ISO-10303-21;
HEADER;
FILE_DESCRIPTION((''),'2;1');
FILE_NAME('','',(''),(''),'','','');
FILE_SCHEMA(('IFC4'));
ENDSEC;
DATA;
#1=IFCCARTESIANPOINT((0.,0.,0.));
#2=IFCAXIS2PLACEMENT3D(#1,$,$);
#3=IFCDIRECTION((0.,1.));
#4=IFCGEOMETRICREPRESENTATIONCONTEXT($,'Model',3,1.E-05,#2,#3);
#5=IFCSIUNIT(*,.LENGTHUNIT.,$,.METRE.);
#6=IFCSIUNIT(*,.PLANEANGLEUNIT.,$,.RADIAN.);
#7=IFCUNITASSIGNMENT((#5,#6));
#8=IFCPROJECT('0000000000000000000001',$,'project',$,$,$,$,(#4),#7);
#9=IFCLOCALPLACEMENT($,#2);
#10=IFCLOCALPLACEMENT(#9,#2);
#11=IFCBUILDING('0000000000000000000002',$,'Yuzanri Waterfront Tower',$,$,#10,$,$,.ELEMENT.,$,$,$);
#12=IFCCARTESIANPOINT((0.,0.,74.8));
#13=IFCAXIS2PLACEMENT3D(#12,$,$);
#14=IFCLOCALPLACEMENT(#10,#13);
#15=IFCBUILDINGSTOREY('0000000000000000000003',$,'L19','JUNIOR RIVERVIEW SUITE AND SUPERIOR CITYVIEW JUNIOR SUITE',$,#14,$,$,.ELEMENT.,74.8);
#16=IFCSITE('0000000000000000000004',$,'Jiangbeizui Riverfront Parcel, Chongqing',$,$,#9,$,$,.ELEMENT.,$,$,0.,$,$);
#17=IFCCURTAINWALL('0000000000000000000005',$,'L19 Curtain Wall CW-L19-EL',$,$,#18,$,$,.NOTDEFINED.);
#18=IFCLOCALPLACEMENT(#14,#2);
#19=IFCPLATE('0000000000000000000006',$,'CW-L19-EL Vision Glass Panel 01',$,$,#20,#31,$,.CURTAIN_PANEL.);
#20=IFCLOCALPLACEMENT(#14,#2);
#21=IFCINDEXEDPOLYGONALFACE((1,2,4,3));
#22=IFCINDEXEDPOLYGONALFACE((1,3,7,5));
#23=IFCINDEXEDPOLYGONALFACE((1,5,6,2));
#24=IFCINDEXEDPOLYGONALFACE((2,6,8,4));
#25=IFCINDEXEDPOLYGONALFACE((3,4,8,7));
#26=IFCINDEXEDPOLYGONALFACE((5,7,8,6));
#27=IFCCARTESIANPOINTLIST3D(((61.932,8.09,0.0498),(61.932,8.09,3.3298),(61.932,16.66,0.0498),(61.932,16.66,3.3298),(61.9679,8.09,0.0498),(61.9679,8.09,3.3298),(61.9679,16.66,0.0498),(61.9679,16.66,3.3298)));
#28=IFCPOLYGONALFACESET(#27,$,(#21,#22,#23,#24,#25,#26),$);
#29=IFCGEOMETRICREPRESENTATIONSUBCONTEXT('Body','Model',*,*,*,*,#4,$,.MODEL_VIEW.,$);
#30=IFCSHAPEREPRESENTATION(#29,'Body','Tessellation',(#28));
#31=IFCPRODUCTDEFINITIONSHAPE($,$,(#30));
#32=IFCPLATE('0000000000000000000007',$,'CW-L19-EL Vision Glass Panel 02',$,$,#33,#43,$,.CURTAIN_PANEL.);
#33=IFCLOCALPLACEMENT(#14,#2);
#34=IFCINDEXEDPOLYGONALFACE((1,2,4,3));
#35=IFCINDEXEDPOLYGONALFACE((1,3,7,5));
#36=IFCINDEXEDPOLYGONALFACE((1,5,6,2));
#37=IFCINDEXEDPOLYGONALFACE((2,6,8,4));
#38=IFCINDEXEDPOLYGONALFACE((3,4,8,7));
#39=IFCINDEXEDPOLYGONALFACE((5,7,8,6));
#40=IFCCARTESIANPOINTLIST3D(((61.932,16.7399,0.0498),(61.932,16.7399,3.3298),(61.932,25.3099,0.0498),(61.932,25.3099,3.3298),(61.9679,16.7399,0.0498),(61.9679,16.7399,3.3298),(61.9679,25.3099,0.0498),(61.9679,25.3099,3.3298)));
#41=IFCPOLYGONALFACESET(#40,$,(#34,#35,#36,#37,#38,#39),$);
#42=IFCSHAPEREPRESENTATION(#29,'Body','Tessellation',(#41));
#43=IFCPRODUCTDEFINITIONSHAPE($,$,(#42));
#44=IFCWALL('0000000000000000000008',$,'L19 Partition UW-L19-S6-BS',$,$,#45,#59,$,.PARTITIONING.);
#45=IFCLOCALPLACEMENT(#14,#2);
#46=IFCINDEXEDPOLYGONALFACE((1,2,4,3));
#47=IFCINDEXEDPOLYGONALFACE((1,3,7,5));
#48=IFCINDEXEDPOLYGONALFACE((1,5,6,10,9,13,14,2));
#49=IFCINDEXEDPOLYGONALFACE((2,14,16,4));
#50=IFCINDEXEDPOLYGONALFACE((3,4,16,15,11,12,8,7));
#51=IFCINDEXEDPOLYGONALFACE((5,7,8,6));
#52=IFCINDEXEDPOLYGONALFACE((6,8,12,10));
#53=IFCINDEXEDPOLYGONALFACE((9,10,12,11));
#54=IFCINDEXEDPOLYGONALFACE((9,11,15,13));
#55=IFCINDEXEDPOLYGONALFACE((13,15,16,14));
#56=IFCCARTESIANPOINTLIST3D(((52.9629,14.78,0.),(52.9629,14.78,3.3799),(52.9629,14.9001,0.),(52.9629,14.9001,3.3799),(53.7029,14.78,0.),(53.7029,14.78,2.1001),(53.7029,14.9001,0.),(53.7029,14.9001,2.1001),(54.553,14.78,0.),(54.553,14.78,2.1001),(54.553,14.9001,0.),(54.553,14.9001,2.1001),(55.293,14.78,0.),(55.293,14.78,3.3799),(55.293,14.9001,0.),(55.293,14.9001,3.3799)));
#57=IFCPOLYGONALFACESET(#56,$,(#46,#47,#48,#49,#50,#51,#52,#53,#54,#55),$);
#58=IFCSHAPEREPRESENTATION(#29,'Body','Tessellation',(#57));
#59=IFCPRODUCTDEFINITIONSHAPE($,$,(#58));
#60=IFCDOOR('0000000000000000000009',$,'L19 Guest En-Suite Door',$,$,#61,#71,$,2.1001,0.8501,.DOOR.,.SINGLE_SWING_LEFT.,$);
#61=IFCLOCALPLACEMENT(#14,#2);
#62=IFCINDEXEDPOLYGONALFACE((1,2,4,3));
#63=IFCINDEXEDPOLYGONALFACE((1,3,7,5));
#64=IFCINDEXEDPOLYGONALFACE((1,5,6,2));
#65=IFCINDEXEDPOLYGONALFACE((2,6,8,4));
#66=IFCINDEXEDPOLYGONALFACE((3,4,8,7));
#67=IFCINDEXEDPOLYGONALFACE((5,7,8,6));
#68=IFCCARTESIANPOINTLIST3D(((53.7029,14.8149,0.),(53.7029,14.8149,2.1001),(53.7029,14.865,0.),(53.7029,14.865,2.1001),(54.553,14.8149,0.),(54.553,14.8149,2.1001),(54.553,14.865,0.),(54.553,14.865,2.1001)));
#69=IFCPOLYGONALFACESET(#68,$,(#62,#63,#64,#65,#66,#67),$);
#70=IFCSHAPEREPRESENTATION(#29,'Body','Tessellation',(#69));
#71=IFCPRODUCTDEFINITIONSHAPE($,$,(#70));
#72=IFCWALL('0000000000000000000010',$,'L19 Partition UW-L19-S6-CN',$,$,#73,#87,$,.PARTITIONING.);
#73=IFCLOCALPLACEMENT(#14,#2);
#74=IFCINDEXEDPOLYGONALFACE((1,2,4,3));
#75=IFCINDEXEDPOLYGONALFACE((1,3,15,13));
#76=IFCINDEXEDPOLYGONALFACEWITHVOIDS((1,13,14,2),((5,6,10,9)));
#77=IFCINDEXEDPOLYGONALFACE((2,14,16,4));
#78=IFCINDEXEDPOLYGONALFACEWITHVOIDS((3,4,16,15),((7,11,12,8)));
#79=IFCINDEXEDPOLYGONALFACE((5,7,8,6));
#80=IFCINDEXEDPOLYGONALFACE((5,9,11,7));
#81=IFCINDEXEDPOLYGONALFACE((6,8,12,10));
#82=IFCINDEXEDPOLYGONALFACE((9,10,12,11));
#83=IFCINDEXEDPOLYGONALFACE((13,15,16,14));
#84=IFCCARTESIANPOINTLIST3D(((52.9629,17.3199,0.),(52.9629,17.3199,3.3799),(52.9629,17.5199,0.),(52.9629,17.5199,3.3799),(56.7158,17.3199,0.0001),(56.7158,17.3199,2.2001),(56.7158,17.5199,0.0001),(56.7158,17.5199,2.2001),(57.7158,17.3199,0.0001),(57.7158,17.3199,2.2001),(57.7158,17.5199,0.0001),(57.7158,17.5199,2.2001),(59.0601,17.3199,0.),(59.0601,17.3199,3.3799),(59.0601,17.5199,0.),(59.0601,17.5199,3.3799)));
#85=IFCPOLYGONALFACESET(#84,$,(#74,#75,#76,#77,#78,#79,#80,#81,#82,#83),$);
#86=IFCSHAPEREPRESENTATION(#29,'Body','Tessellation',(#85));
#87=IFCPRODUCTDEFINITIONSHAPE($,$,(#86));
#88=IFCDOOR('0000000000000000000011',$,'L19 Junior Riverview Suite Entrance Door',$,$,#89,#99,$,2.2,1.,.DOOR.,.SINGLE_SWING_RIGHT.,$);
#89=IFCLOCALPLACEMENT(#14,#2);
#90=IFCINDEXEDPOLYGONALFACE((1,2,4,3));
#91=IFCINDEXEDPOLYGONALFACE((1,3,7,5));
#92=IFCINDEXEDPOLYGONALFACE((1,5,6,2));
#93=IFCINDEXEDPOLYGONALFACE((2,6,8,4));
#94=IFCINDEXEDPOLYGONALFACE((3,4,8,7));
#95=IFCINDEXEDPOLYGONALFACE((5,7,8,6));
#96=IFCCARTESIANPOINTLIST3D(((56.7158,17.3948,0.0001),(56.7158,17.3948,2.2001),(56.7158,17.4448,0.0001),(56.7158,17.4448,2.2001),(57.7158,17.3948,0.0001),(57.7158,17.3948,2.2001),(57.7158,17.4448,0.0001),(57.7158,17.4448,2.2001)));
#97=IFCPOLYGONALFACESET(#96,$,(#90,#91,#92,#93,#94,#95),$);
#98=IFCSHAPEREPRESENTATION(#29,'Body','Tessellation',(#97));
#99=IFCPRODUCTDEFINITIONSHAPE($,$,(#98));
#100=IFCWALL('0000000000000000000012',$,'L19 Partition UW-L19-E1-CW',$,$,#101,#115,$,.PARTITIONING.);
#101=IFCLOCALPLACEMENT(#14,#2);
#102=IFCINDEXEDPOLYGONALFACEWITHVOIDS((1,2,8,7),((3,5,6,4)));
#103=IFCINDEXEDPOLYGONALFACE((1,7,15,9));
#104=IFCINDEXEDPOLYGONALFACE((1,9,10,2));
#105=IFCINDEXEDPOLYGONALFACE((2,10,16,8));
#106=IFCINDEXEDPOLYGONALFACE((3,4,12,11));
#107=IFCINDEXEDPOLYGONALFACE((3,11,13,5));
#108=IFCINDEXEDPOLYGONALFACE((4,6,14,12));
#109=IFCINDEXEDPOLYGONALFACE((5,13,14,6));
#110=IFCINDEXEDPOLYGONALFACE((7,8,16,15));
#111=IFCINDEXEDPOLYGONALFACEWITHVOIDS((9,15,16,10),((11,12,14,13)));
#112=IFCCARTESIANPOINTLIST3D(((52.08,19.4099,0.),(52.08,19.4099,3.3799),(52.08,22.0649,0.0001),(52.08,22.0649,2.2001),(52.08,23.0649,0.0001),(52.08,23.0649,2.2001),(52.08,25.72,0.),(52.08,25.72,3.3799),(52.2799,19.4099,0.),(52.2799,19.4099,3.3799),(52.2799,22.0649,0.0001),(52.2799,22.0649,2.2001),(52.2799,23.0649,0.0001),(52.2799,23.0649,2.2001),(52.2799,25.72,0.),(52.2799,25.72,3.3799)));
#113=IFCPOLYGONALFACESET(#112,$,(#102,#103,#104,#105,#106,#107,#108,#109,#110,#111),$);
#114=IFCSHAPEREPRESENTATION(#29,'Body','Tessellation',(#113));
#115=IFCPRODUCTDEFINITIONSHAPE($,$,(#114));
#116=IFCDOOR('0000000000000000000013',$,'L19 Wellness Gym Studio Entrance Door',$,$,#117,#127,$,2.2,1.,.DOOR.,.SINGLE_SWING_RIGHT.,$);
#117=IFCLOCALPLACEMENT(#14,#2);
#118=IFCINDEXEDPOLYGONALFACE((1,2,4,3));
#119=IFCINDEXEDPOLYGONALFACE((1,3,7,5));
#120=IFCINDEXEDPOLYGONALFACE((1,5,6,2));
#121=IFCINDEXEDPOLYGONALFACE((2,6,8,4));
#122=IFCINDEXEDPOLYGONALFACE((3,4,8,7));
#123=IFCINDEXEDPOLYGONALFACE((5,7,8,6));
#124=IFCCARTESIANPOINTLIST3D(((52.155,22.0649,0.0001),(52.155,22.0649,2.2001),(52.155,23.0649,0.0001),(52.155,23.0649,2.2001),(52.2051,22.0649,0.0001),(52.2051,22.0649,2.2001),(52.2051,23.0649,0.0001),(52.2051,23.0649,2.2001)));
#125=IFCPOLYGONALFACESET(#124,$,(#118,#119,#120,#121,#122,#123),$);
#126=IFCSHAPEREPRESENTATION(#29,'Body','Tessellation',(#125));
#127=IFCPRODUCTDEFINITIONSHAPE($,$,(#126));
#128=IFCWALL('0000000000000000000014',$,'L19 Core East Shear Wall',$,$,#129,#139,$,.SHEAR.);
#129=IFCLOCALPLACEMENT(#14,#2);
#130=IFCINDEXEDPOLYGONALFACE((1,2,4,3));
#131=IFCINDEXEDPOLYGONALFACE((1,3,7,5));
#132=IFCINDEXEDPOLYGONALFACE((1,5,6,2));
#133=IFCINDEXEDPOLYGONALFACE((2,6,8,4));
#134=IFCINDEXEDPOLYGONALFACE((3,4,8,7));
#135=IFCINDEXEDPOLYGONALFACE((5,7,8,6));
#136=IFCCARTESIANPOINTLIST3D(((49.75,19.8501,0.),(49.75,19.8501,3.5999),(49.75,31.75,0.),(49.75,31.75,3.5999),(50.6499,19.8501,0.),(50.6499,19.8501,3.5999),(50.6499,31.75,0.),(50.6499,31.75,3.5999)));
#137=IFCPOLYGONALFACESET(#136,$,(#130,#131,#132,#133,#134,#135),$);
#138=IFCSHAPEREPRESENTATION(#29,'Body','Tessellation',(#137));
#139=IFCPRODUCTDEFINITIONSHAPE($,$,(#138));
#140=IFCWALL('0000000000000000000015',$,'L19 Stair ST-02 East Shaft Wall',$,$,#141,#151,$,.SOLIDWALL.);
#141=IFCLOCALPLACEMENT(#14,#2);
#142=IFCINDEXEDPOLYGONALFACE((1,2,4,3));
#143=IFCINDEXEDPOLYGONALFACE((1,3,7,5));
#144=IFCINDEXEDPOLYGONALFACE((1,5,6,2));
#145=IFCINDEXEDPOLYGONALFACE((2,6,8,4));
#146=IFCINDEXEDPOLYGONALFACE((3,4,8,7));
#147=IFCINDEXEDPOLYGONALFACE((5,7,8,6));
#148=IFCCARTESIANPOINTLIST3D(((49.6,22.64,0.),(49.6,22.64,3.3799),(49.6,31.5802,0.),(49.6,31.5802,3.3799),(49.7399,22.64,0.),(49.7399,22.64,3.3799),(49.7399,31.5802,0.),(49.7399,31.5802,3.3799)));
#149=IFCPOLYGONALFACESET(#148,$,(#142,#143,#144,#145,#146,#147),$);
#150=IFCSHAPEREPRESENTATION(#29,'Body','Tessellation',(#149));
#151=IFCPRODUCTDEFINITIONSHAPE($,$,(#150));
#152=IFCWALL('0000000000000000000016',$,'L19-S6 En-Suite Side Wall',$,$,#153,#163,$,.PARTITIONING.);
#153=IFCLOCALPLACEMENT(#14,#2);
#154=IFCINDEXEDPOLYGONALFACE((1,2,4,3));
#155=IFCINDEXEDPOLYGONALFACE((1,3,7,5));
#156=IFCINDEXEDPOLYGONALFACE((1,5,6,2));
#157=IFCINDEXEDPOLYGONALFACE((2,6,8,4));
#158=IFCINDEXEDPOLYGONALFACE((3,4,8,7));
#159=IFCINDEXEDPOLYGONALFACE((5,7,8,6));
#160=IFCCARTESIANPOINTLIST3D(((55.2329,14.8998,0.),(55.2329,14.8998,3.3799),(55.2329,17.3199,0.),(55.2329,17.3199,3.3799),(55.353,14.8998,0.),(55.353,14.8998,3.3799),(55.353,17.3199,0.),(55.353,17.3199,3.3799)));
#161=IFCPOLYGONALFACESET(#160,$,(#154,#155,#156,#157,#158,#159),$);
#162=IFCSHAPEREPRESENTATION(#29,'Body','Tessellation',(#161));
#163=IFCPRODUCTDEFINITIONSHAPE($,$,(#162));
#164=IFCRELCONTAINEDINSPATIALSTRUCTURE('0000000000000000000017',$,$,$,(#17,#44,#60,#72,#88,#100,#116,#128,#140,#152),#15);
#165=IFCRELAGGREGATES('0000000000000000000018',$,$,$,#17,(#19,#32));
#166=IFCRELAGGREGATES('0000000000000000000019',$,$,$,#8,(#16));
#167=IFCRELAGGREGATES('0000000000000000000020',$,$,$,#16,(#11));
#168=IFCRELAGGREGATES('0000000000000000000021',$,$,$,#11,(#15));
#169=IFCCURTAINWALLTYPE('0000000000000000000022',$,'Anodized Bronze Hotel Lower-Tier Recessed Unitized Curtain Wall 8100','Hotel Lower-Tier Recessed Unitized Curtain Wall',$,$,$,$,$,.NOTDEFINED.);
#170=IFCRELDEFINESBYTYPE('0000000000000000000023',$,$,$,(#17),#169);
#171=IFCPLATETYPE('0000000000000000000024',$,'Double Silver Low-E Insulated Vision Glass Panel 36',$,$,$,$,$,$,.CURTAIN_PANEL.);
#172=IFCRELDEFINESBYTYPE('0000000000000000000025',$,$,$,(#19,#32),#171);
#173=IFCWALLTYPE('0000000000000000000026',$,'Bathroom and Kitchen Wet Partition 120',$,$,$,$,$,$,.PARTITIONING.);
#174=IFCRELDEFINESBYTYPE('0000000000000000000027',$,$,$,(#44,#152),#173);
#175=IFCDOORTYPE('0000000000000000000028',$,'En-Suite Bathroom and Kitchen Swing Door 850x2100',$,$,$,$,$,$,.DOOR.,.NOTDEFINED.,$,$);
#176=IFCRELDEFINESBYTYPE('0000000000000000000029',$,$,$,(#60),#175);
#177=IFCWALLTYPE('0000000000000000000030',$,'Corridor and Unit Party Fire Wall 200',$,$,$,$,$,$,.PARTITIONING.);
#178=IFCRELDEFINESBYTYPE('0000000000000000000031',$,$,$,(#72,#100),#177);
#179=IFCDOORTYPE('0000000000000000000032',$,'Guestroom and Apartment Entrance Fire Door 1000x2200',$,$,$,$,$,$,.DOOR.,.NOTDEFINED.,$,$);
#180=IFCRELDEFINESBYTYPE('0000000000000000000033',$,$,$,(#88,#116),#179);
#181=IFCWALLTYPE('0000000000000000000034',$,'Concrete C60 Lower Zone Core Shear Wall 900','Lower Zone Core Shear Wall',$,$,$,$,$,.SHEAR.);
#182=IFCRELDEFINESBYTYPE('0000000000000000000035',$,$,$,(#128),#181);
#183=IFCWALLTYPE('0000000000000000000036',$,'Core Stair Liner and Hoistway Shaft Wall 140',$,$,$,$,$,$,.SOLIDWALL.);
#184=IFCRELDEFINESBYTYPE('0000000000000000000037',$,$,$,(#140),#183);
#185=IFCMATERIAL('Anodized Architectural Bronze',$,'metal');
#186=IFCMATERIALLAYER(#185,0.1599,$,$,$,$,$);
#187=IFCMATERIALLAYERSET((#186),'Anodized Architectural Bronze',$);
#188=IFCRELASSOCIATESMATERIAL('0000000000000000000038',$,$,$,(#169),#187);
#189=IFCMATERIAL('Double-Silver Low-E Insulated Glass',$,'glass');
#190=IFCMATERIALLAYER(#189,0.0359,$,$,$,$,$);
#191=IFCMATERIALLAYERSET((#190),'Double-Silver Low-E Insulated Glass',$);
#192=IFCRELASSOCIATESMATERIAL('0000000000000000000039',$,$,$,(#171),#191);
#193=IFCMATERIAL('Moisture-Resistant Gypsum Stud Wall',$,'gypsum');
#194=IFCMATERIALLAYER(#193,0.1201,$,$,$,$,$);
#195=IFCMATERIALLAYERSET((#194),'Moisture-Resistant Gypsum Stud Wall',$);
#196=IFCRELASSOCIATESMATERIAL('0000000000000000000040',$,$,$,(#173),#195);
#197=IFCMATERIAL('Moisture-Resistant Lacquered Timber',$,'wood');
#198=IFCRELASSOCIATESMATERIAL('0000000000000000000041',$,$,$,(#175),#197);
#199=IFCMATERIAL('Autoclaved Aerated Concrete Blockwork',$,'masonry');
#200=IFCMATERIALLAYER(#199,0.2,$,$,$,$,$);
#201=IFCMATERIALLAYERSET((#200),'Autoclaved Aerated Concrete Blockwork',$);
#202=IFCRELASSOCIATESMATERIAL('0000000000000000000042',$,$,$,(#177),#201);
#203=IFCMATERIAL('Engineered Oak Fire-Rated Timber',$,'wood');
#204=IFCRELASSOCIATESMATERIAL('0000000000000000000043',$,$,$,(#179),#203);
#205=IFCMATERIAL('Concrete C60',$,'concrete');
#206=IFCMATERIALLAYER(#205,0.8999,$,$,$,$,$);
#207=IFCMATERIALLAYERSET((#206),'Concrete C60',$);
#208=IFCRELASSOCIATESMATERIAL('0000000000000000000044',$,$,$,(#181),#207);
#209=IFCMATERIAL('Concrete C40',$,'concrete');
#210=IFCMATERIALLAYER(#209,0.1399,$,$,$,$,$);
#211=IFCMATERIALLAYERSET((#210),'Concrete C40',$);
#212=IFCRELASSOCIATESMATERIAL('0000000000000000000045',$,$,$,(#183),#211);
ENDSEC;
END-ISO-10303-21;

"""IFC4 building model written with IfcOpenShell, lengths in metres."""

from ifc_helpers import new_model, si_unit, direction, frame, frame_2d, origin, origin_2d, place, context, subcontext, project, spatial, rectangle, extrude, source, transform, mapped, material, layer, layer_set, type_object, element, fill, aggregate, save


model = new_model("IFC4")

# Units and contexts
model_context = context("Model", 3, precision=1e-05, world=origin(), true_north=direction((0.0, 1.0)))
body_context = subcontext(model_context, "Body", "Model", "MODEL_VIEW")
ifc_project = project(units=[si_unit("LENGTHUNIT", "METRE"), si_unit("PLANEANGLEUNIT", "RADIAN")], contexts=[model_context])

# Site, building, storey
site_placement = place(None, origin())
site = spatial("IfcSite", under=ifc_project, at=site_placement, Name="Jiangbeizui Riverfront Parcel, Chongqing", CompositionType="ELEMENT", RefElevation=0.0)
building_placement = place(site_placement, origin())
building = spatial("IfcBuilding", under=site, at=building_placement, Name="Yuzanri Waterfront Tower", CompositionType="ELEMENT")
storey_placement = place(building_placement, frame((0.0, 0.0, 74.8)))
storey = spatial("IfcBuildingStorey", under=building, at=storey_placement, Name="L19", Description="JUNIOR RIVERVIEW SUITE AND SUPERIOR CITYVIEW JUNIOR SUITE", CompositionType="ELEMENT", Elevation=74.8)

# Curtain wall, plates
ifc_material_1 = material(Name="Anodized Architectural Bronze", Category="metal")
ifc_layer_1 = layer(ifc_material_1, 0.1599)
ifc_layer_set_1 = layer_set([ifc_layer_1], Name="Anodized Architectural Bronze")
curtain_wall_type = type_object("IfcCurtainWallType", Name="Anodized Bronze Hotel Lower-Tier Recessed Unitized Curtain Wall 8100", Description="Hotel Lower-Tier Recessed Unitized Curtain Wall", PredefinedType="NOTDEFINED", material=ifc_layer_set_1)
curtain_wall_placement = place(storey_placement, origin())
curtain_wall = element("IfcCurtainWall", 1, at=curtain_wall_placement, inside=storey, type_object=curtain_wall_type, Name="L19 Curtain Wall CW-L19-EL", PredefinedType="NOTDEFINED")
ifc_material_2 = material(Name="Double-Silver Low-E Insulated Glass", Category="glass")
ifc_layer_2 = layer(ifc_material_2, 0.0359)
ifc_layer_set_2 = layer_set([ifc_layer_2], Name="Double-Silver Low-E Insulated Glass")
plate_type = type_object("IfcPlateType", Name="Double Silver Low-E Insulated Vision Glass Panel 36", PredefinedType="CURTAIN_PANEL", material=ifc_layer_set_2)
shared_shape_1 = source(origin(), body_context, "Body", "SweptSolid", [
    extrude(rectangle(XDim=8.5701, YDim=0.0359, at=origin_2d()), origin(), (0.0, 0.0, 1.0), 3.28),
])
plate_1_placement = place(storey_placement, frame((61.95, 12.375, 0.0498), z_axis=(0.0, 0.0, 1.0), x_axis=(0.0, 1.0, 0.0)))
plate_1 = element("IfcPlate", 2, at=plate_1_placement, type_object=plate_type, Name="CW-L19-EL Vision Glass Panel 01", PredefinedType="CURTAIN_PANEL", context=body_context, shape_type="MappedRepresentation", body=[
    mapped(shared_shape_1, transform((0.0, 0.0, 0.0), scale=1.0)),
])
plate_2_placement = place(storey_placement, frame((61.95, 21.0249, 0.0498), z_axis=(0.0, 0.0, 1.0), x_axis=(0.0, 1.0, 0.0)))
plate_2 = element("IfcPlate", 3, at=plate_2_placement, type_object=plate_type, Name="CW-L19-EL Vision Glass Panel 02", PredefinedType="CURTAIN_PANEL", context=body_context, shape_type="MappedRepresentation", body=[
    mapped(shared_shape_1, transform((0.0, 0.0, 0.0), scale=1.0)),
])
aggregate(curtain_wall, [plate_1, plate_2])

# Walls, openings, doors
ifc_material_3 = material(Name="Moisture-Resistant Gypsum Stud Wall", Category="gypsum")
ifc_layer_3 = layer(ifc_material_3, 0.1201)
ifc_layer_set_3 = layer_set([ifc_layer_3], Name="Moisture-Resistant Gypsum Stud Wall")
wall_type_1 = type_object("IfcWallType", Name="Bathroom and Kitchen Wet Partition 120", PredefinedType="PARTITIONING", material=ifc_layer_set_3)
wall_1_placement = place(storey_placement, frame((52.9629, 14.8401, 0.0), z_axis=(0.0, 0.0, 1.0), x_axis=(1.0, 0.0, 0.0)))
wall_1 = element("IfcWall", 4, at=wall_1_placement, inside=storey, type_object=wall_type_1, Name="L19 Partition UW-L19-S6-BS", PredefinedType="PARTITIONING", context=body_context, shape_type="SweptSolid", body=[
    extrude(rectangle(XDim=2.3301, YDim=0.1201, at=frame_2d((1.165, 0.0))), origin(), (0.0, 0.0, 1.0), 3.3799),
])
opening_1_placement = place(wall_1_placement, frame((0.74, 0.0, 0.0)))
opening_1 = element("IfcOpeningElement", 5, at=opening_1_placement, cuts=wall_1, PredefinedType="OPENING", context=body_context, shape_type="SweptSolid", body=[
    extrude(rectangle(XDim=0.8501, YDim=2.1001, at=frame_2d((0.425, 1.05))), frame((0.0, 0.075, 0.0), z_axis=(0.0, -1.0, 0.0), x_axis=(1.0, 0.0, 0.0)), (0.0, 0.0, 1.0), 0.1499),
])
ifc_material_4 = material(Name="Moisture-Resistant Lacquered Timber", Category="wood")
door_type_1 = type_object("IfcDoorType", Name="En-Suite Bathroom and Kitchen Swing Door 850x2100", OperationType="NOTDEFINED", PredefinedType="DOOR", material=ifc_material_4)
shared_shape_2 = source(origin(), body_context, "Body", "SweptSolid", [
    extrude(rectangle(XDim=0.8501, YDim=2.1001, at=frame_2d((0.425, 1.05))), frame((0.0, 0.0249, 0.0), z_axis=(0.0, -1.0, 0.0), x_axis=(1.0, 0.0, 0.0)), (0.0, 0.0, 1.0), 0.05),
])
door_1_placement = place(opening_1_placement, origin())
door_1 = element("IfcDoor", 6, at=door_1_placement, inside=storey, type_object=door_type_1, Name="L19 Guest En-Suite Door", OperationType="SINGLE_SWING_LEFT", OverallHeight=2.1001, OverallWidth=0.8501, PredefinedType="DOOR", context=body_context, shape_type="MappedRepresentation", body=[
    mapped(shared_shape_2, transform((0.0, 0.0, 0.0), scale=1.0)),
])
fill(opening_1, door_1)
ifc_material_5 = material(Name="Autoclaved Aerated Concrete Blockwork", Category="masonry")
ifc_layer_4 = layer(ifc_material_5, 0.2)
ifc_layer_set_4 = layer_set([ifc_layer_4], Name="Autoclaved Aerated Concrete Blockwork")
wall_type_2 = type_object("IfcWallType", Name="Corridor and Unit Party Fire Wall 200", PredefinedType="PARTITIONING", material=ifc_layer_set_4)
wall_2_placement = place(storey_placement, frame((52.9629, 17.4199, 0.0), z_axis=(0.0, 0.0, 1.0), x_axis=(1.0, 0.0, 0.0)))
wall_2 = element("IfcWall", 7, at=wall_2_placement, inside=storey, type_object=wall_type_2, Name="L19 Partition UW-L19-S6-CN", PredefinedType="PARTITIONING", context=body_context, shape_type="SweptSolid", body=[
    extrude(rectangle(XDim=6.0972, YDim=0.2, at=frame_2d((3.0486, 0.0))), origin(), (0.0, 0.0, 1.0), 3.3799),
])
opening_2_placement = place(wall_2_placement, frame((3.7529, 0.0, 0.0)))
opening_2 = element("IfcOpeningElement", 8, at=opening_2_placement, cuts=wall_2, PredefinedType="OPENING", context=body_context, shape_type="SweptSolid", body=[
    extrude(rectangle(XDim=1.0, YDim=2.2, at=frame_2d((0.5, 1.1001))), frame((0.0, 0.1147, 0.0), z_axis=(0.0, -1.0, 0.0), x_axis=(1.0, 0.0, 0.0)), (0.0, 0.0, 1.0), 0.2297),
])
ifc_material_6 = material(Name="Engineered Oak Fire-Rated Timber", Category="wood")
door_type_2 = type_object("IfcDoorType", Name="Guestroom and Apartment Entrance Fire Door 1000x2200", OperationType="NOTDEFINED", PredefinedType="DOOR", material=ifc_material_6)
shared_shape_3 = source(origin(), body_context, "Body", "SweptSolid", [
    extrude(rectangle(XDim=1.0, YDim=2.2, at=frame_2d((0.5, 1.1001))), frame((0.0, 0.0249, 0.0), z_axis=(0.0, -1.0, 0.0), x_axis=(1.0, 0.0, 0.0)), (0.0, 0.0, 1.0), 0.05),
])
door_2_placement = place(opening_2_placement, origin())
door_2 = element("IfcDoor", 9, at=door_2_placement, inside=storey, type_object=door_type_2, Name="L19 Junior Riverview Suite Entrance Door", OperationType="SINGLE_SWING_RIGHT", OverallHeight=2.2, OverallWidth=1.0, PredefinedType="DOOR", context=body_context, shape_type="MappedRepresentation", body=[
    mapped(shared_shape_3, transform((0.0, 0.0, 0.0), scale=1.0)),
])
fill(opening_2, door_2)
wall_3_placement = place(storey_placement, frame((52.1799, 19.4099, 0.0), z_axis=(0.0, 0.0, 1.0), x_axis=(0.0, 1.0, 0.0)))
wall_3 = element("IfcWall", 10, at=wall_3_placement, inside=storey, type_object=wall_type_2, Name="L19 Partition UW-L19-E1-CW", PredefinedType="PARTITIONING", context=body_context, shape_type="SweptSolid", body=[
    extrude(rectangle(XDim=6.3101, YDim=0.2, at=frame_2d((3.155, 0.0))), origin(), (0.0, 0.0, 1.0), 3.3799),
])
opening_3_placement = place(wall_3_placement, frame((2.655, 0.0, 0.0)))
opening_3 = element("IfcOpeningElement", 11, at=opening_3_placement, cuts=wall_3, PredefinedType="OPENING", context=body_context, shape_type="SweptSolid", body=[
    extrude(rectangle(XDim=1.0, YDim=2.2, at=frame_2d((0.5, 1.1001))), frame((0.0, 0.1147, 0.0), z_axis=(0.0, -1.0, 0.0), x_axis=(1.0, 0.0, 0.0)), (0.0, 0.0, 1.0), 0.2297),
])
door_3_placement = place(opening_3_placement, origin())
door_3 = element("IfcDoor", 12, at=door_3_placement, inside=storey, type_object=door_type_2, Name="L19 Wellness Gym Studio Entrance Door", OperationType="SINGLE_SWING_RIGHT", OverallHeight=2.2, OverallWidth=1.0, PredefinedType="DOOR", context=body_context, shape_type="MappedRepresentation", body=[
    mapped(shared_shape_3, transform((0.0, 0.0, 0.0), scale=1.0)),
])
fill(opening_3, door_3)

# Walls
ifc_material_7 = material(Name="Concrete C60", Category="concrete")
ifc_layer_5 = layer(ifc_material_7, 0.8999)
ifc_layer_set_5 = layer_set([ifc_layer_5], Name="Concrete C60")
wall_type_3 = type_object("IfcWallType", Name="Concrete C60 Lower Zone Core Shear Wall 900", Description="Lower Zone Core Shear Wall", PredefinedType="SHEAR", material=ifc_layer_set_5)
shared_shape_4 = source(origin(), body_context, "Body", "SweptSolid", [
    extrude(rectangle(XDim=11.8999, YDim=0.8999, at=frame_2d((5.95, 0.0))), origin(), (0.0, 0.0, 1.0), 3.5999),
])
wall_4_placement = place(storey_placement, frame((50.2, 19.8501, 0.0), z_axis=(0.0, 0.0, 1.0), x_axis=(0.0, 1.0, 0.0)))
element("IfcWall", 13, at=wall_4_placement, inside=storey, type_object=wall_type_3, Name="L19 Core East Shear Wall", PredefinedType="SHEAR", context=body_context, shape_type="MappedRepresentation", body=[
    mapped(shared_shape_4, transform((0.0, 0.0, 0.0), scale=1.0)),
])
ifc_material_8 = material(Name="Concrete C40", Category="concrete")
ifc_layer_6 = layer(ifc_material_8, 0.1399)
ifc_layer_set_6 = layer_set([ifc_layer_6], Name="Concrete C40")
wall_type_4 = type_object("IfcWallType", Name="Core Stair Liner and Hoistway Shaft Wall 140", PredefinedType="SOLIDWALL", material=ifc_layer_set_6)
shared_shape_5 = source(origin(), body_context, "Body", "SweptSolid", [
    extrude(rectangle(XDim=8.9402, YDim=0.1399, at=frame_2d((4.4702, 0.0))), origin(), (0.0, 0.0, 1.0), 3.3799),
])
wall_5_placement = place(storey_placement, frame((49.6699, 22.6399, 0.0), z_axis=(0.0, 0.0, 1.0), x_axis=(0.0, 1.0, 0.0)))
element("IfcWall", 14, at=wall_5_placement, inside=storey, type_object=wall_type_4, Name="L19 Stair ST-02 East Shaft Wall", PredefinedType="SOLIDWALL", context=body_context, shape_type="MappedRepresentation", body=[
    mapped(shared_shape_5, transform((0.0, 0.0, 0.0), scale=1.0)),
])
shared_shape_6 = source(origin(), body_context, "Body", "SweptSolid", [
    extrude(rectangle(XDim=2.4202, YDim=0.1201, at=frame_2d((1.21, 0.0))), origin(), (0.0, 0.0, 1.0), 3.3799),
])
wall_6_placement = place(storey_placement, frame((55.293, 14.8999, 0.0), z_axis=(0.0, 0.0, 1.0), x_axis=(0.0, 1.0, 0.0)))
element("IfcWall", 15, at=wall_6_placement, inside=storey, type_object=wall_type_1, Name="L19-S6 En-Suite Side Wall", PredefinedType="PARTITIONING", context=body_context, shape_type="MappedRepresentation", body=[
    mapped(shared_shape_6, transform((0.0, 0.0, 0.0), scale=1.0)),
])

save(model, "model.ifc")
